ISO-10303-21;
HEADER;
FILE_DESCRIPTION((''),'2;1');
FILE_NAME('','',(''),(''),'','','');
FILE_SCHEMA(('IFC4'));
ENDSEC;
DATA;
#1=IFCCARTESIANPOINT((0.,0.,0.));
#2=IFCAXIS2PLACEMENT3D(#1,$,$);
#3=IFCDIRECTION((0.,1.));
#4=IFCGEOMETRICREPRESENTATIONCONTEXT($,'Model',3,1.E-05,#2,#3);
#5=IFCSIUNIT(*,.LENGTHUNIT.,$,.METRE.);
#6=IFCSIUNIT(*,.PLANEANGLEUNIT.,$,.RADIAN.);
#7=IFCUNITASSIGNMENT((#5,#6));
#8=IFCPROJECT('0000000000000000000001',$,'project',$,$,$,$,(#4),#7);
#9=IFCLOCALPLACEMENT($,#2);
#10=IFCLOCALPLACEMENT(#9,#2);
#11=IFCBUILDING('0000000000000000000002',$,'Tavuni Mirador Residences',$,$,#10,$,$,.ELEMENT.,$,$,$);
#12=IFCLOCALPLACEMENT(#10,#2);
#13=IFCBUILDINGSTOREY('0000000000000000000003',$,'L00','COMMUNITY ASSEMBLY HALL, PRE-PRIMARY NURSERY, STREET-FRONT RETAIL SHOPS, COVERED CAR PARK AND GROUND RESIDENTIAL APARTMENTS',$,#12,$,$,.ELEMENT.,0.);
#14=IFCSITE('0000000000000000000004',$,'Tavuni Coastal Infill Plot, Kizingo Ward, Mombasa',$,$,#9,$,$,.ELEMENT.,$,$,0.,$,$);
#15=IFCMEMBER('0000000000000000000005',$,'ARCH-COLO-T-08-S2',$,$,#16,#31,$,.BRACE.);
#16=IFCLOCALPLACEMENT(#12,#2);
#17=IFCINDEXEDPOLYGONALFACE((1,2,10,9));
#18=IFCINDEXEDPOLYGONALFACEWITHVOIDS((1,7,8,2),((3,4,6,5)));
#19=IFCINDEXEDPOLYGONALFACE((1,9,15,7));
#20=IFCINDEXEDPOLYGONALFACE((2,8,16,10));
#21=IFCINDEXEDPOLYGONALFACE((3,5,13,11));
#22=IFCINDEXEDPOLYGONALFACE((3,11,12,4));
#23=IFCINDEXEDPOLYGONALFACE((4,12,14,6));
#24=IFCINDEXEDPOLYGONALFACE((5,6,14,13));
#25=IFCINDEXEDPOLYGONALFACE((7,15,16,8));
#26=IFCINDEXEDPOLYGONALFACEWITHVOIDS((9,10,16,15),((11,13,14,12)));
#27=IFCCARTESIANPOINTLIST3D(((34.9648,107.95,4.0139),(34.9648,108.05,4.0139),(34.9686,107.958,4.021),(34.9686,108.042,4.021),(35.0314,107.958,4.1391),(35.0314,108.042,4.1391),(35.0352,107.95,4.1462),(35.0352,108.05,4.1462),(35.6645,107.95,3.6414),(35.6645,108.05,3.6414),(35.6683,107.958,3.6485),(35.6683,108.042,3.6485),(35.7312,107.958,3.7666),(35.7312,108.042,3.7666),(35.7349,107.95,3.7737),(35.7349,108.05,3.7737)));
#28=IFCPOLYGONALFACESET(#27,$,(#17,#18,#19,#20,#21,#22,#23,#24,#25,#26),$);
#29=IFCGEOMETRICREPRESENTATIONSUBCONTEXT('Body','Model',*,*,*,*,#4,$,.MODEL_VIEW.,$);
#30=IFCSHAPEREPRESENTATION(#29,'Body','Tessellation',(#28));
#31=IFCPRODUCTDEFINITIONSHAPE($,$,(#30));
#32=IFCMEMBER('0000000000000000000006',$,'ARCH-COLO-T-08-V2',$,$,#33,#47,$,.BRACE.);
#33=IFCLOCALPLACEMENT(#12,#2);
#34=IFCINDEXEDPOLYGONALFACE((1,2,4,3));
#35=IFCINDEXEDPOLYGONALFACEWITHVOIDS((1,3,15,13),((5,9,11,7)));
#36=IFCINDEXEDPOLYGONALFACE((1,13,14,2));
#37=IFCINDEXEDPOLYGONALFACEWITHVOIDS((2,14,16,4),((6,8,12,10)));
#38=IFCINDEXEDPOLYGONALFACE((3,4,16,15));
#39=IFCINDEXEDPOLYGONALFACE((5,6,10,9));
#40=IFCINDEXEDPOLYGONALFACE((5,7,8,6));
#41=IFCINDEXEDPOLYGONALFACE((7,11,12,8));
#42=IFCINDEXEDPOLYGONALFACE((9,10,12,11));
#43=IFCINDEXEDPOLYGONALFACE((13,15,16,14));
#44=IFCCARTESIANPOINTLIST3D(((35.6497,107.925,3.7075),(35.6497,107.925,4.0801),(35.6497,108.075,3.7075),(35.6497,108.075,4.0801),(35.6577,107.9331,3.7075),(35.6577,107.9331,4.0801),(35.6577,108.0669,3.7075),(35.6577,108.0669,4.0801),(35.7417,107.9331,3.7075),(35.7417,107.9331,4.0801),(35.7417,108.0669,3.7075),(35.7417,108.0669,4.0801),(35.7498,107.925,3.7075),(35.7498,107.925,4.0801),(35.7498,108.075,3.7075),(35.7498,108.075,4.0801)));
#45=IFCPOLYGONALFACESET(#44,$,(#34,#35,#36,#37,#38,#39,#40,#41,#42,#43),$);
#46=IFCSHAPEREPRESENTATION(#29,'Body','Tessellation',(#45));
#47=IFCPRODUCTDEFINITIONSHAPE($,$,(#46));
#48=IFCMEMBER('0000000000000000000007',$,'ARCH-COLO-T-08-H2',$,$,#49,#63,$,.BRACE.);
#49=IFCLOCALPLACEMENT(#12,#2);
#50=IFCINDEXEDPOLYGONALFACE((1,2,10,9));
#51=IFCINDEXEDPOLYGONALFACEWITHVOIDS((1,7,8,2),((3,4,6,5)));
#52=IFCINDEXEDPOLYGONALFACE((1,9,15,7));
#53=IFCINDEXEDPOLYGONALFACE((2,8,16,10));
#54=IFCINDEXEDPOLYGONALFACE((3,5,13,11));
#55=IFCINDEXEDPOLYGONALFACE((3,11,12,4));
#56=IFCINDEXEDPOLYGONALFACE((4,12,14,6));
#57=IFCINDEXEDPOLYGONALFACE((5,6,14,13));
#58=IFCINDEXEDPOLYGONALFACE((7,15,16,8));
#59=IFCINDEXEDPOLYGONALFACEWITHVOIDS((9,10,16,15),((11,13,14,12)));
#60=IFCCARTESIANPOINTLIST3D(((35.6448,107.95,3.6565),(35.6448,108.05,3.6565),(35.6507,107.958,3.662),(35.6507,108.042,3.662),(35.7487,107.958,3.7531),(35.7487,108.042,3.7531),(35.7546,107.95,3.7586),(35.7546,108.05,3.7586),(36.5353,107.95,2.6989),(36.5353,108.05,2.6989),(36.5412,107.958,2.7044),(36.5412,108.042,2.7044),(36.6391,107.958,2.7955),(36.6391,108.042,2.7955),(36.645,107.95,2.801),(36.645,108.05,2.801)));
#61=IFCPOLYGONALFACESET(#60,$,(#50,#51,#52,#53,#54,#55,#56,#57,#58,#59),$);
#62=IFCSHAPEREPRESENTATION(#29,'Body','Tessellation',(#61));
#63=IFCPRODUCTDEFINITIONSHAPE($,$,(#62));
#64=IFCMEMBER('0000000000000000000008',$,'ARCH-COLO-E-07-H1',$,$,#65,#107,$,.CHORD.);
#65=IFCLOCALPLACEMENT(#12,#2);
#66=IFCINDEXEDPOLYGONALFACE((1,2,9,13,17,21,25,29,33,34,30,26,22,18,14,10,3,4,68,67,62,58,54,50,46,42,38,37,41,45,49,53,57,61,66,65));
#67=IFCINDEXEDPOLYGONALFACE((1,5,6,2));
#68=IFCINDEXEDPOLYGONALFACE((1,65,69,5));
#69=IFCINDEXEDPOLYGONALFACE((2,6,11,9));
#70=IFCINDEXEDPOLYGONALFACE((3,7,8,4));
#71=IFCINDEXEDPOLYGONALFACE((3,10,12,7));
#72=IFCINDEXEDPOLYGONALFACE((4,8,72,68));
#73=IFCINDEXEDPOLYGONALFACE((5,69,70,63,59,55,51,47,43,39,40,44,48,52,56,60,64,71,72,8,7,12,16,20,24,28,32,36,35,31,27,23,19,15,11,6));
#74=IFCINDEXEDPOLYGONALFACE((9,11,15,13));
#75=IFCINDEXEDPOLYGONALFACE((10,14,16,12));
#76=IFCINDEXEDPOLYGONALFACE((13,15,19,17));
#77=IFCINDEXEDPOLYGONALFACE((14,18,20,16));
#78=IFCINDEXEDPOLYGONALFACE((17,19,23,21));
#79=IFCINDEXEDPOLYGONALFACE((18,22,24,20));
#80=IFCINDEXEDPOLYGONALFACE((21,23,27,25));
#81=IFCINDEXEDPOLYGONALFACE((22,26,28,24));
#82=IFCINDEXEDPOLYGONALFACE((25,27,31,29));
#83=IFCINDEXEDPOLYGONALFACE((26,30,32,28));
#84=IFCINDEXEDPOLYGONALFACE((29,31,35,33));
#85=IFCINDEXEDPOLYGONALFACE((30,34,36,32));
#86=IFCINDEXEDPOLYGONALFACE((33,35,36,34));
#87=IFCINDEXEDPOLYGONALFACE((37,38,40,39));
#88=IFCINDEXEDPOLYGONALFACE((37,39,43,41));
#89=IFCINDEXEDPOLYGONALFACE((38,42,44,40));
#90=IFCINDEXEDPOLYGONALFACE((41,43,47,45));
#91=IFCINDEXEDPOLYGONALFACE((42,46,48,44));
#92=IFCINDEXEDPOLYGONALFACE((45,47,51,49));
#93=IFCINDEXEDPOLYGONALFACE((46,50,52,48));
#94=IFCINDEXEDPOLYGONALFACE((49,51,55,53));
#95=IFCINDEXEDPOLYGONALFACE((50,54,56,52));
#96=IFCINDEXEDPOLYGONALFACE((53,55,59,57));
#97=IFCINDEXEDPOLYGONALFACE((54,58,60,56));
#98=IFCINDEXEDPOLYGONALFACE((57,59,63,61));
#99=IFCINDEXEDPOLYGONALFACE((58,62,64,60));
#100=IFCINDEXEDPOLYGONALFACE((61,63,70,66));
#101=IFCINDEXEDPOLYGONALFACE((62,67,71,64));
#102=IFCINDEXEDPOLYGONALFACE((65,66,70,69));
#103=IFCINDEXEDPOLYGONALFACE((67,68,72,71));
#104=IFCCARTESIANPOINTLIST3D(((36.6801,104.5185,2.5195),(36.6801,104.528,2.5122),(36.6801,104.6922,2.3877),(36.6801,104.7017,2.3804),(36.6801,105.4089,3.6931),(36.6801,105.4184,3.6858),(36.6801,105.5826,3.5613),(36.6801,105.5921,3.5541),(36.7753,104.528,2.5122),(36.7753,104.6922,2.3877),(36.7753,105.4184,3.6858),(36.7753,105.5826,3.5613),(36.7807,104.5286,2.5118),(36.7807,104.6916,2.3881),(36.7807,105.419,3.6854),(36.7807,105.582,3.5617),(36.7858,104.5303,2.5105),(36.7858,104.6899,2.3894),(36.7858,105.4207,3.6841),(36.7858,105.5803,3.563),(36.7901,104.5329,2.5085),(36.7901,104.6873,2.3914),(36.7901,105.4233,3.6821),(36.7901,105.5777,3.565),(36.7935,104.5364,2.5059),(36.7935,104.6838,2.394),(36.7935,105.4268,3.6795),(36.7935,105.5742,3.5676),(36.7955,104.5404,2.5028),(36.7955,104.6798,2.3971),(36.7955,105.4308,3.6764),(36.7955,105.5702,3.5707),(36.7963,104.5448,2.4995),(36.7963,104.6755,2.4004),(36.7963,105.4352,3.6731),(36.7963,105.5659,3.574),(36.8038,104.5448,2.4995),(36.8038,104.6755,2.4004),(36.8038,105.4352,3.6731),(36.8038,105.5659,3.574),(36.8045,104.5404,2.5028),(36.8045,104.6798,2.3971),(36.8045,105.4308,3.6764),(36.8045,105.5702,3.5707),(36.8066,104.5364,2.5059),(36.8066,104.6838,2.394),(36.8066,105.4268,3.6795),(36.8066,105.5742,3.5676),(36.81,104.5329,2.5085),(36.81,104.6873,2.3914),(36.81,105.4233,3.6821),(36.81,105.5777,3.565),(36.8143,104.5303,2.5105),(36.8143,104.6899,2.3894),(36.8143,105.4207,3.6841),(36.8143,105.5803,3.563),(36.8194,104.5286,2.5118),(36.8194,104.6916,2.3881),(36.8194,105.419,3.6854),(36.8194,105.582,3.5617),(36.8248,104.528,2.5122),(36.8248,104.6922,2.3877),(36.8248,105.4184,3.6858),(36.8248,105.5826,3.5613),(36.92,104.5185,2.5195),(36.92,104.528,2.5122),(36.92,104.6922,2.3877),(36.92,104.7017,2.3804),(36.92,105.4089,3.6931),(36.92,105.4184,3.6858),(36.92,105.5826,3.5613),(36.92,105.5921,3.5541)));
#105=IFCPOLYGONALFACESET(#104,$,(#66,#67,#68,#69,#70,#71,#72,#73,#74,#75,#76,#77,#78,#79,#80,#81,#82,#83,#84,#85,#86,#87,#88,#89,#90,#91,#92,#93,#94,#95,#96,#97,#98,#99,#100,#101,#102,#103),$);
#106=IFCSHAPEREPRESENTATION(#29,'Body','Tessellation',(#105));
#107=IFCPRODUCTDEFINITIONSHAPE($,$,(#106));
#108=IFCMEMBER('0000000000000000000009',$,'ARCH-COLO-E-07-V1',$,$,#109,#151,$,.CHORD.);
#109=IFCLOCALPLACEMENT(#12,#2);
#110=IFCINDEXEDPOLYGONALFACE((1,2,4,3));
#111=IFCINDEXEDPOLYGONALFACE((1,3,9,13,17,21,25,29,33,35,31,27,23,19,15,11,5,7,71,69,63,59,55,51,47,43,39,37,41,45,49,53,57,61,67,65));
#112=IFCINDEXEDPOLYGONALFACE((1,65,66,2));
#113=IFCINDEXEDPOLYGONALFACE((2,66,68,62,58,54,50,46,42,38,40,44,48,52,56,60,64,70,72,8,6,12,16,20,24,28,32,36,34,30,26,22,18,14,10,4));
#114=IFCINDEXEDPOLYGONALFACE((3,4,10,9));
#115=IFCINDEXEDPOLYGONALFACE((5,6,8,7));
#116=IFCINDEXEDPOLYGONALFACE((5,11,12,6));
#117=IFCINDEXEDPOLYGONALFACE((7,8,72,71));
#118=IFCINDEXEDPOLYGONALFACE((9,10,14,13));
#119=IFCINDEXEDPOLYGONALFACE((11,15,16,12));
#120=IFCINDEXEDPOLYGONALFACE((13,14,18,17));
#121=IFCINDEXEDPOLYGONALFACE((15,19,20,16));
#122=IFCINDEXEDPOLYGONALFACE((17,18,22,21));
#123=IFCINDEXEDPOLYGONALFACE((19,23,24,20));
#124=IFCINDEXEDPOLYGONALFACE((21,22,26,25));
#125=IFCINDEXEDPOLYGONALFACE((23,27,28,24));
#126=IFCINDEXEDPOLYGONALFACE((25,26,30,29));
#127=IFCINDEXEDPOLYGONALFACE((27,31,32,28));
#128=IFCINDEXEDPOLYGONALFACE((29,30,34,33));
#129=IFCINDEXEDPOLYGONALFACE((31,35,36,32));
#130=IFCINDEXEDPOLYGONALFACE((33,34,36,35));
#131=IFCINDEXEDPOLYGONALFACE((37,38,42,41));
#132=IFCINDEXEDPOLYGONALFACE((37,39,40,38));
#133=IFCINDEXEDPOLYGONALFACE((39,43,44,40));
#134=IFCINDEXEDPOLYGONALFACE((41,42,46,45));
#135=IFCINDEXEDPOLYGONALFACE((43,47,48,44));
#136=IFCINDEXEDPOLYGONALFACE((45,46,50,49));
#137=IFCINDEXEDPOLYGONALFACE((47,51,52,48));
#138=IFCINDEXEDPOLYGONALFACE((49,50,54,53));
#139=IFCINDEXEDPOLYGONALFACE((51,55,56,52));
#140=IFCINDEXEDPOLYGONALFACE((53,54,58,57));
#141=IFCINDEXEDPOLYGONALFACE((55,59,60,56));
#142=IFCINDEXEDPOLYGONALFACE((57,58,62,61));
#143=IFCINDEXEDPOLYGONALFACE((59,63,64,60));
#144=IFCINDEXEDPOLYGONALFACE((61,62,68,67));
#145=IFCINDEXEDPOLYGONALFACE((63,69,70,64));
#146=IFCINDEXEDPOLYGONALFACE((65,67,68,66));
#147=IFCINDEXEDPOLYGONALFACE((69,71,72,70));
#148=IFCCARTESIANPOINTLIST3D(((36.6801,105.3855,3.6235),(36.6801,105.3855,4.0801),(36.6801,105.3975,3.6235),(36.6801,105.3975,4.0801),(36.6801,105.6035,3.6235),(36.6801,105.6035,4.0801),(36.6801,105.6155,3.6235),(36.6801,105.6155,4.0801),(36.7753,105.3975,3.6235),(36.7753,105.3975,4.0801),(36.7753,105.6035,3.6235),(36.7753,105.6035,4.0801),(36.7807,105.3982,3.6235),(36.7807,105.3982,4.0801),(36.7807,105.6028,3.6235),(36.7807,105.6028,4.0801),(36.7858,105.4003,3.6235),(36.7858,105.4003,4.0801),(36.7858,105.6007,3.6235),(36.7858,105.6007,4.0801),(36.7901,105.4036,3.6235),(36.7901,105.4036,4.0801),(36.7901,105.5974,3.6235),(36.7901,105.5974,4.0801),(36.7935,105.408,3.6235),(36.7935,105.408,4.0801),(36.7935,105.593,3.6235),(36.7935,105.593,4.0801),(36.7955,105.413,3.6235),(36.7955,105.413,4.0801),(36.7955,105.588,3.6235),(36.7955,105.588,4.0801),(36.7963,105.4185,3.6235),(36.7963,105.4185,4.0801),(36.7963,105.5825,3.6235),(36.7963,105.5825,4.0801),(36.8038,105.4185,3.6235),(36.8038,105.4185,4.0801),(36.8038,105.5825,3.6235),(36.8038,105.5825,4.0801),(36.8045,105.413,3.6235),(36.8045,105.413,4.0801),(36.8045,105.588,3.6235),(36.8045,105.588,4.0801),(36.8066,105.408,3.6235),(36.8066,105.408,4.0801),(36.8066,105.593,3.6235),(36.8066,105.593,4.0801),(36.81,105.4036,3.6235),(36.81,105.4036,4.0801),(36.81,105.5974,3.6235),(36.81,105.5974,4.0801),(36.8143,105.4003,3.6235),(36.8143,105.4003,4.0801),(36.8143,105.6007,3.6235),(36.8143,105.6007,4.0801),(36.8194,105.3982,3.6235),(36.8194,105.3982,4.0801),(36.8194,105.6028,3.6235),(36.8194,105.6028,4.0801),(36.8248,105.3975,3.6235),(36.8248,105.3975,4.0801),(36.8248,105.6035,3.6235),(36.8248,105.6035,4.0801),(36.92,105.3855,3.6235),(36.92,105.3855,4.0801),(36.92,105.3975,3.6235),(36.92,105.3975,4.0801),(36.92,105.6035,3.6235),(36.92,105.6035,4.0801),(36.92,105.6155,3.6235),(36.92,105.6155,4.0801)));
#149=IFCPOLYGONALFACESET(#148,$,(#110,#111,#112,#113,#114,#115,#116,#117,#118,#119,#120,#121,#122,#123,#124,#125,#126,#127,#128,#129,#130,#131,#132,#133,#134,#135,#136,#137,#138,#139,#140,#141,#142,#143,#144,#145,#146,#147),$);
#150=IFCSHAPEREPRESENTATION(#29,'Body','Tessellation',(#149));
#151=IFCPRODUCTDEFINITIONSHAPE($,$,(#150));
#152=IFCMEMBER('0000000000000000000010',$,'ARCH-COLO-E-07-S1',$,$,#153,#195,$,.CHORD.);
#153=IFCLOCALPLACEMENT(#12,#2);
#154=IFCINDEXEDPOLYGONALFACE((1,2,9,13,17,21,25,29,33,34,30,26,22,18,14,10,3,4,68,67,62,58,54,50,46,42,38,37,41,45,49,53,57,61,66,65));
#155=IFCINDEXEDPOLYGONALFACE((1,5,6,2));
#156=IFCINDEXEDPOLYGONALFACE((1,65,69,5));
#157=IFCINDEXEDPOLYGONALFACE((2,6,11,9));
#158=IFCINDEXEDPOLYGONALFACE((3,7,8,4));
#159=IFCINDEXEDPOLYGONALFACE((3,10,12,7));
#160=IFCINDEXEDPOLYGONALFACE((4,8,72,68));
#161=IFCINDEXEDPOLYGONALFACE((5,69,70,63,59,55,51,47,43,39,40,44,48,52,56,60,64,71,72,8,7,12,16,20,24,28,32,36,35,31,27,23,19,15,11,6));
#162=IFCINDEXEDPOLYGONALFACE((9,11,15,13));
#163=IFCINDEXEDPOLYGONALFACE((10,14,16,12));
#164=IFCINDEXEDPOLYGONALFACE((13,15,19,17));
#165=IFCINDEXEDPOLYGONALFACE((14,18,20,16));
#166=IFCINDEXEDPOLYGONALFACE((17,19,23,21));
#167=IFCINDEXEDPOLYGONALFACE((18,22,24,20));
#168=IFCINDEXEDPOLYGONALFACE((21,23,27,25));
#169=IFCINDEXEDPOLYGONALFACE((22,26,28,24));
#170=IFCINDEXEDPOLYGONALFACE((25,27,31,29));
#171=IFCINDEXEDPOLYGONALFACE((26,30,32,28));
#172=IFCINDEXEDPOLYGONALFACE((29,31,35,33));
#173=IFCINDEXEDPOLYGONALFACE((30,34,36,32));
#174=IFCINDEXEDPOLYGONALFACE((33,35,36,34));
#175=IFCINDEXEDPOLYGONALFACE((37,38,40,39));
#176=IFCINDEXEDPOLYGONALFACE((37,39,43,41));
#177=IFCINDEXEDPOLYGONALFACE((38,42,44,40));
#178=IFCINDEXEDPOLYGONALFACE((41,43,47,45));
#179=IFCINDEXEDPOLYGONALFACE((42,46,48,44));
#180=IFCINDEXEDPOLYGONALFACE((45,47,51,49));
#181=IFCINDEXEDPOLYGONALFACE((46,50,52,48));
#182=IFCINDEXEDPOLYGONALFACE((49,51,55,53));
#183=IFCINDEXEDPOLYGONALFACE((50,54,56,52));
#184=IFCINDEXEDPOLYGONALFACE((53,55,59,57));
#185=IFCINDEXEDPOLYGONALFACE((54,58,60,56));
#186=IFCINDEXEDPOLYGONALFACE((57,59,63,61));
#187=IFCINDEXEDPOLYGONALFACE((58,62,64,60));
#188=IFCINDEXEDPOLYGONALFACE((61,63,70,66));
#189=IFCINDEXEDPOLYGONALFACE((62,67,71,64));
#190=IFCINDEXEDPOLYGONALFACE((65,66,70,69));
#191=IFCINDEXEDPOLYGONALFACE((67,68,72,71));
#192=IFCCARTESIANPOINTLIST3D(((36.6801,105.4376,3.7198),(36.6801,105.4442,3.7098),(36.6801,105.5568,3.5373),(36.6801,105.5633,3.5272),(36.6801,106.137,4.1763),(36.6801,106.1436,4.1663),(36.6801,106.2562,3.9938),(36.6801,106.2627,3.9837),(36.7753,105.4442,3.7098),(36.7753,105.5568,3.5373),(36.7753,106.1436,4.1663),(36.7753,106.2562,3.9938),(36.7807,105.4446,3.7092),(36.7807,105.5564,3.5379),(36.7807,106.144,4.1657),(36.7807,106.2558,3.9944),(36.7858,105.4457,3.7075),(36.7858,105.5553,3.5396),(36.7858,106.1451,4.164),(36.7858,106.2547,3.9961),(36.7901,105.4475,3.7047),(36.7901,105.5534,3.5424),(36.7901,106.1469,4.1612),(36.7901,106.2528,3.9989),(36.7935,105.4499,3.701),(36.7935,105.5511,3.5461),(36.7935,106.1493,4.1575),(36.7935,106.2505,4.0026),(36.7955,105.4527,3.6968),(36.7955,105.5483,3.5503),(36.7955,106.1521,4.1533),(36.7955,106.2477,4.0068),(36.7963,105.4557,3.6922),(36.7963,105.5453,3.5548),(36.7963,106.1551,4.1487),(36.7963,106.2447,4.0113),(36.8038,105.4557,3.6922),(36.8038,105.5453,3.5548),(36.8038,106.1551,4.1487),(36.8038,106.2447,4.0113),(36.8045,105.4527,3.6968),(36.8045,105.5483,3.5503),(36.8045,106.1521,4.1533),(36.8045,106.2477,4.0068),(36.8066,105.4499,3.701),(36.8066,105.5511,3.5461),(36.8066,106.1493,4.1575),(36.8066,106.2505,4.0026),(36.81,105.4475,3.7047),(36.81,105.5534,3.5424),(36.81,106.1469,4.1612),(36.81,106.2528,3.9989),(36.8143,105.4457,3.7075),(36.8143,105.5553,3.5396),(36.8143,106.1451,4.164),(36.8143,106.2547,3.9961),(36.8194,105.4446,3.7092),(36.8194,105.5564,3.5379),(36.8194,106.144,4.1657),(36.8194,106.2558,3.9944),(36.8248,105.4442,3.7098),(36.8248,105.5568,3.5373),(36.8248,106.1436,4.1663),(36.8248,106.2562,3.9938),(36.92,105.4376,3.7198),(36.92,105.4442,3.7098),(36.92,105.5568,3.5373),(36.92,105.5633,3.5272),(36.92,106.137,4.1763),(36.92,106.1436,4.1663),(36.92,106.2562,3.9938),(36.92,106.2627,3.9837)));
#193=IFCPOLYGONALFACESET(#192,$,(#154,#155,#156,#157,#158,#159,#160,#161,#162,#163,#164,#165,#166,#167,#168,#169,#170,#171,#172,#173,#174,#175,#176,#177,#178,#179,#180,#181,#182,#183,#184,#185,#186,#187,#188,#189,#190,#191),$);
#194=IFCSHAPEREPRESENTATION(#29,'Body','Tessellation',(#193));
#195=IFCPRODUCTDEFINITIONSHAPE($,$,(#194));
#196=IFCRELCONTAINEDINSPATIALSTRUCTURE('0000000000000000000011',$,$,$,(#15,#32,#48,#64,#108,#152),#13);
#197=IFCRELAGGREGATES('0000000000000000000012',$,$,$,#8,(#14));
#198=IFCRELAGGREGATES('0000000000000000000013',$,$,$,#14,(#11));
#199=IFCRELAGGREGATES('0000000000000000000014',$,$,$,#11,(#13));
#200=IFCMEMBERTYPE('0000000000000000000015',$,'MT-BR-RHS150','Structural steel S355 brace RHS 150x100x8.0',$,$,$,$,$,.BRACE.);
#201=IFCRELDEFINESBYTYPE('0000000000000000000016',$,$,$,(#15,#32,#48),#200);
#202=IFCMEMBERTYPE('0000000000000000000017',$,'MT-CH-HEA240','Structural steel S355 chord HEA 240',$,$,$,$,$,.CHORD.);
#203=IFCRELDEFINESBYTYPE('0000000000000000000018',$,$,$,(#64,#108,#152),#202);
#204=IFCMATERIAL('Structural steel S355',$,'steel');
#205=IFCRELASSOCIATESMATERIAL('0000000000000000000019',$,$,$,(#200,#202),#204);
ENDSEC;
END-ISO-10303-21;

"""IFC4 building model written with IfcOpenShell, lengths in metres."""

from ifc_helpers import new_model, si_unit, direction, frame, origin, origin_2d, place, context, subcontext, project, spatial, hollow_rectangle, i_section, extrude, material, material_profile, profile_set, type_object, element, save


model = new_model("IFC4")

# Units and contexts
model_context = context("Model", 3, precision=1e-05, world=origin(), true_north=direction((0.0, 1.0)))
body_context = subcontext(model_context, "Body", "Model", "MODEL_VIEW")
ifc_project = project(units=[si_unit("LENGTHUNIT", "METRE"), si_unit("PLANEANGLEUNIT", "RADIAN")], contexts=[model_context])

# Site, building, storey
site_placement = place(None, origin())
site = spatial("IfcSite", under=ifc_project, at=site_placement, Name="Tavuni Coastal Infill Plot, Kizingo Ward, Mombasa", CompositionType="ELEMENT", RefElevation=0.0)
building_placement = place(site_placement, origin())
building = spatial("IfcBuilding", under=site, at=building_placement, Name="Tavuni Mirador Residences", CompositionType="ELEMENT")
storey_placement = place(building_placement, origin())
storey = spatial("IfcBuildingStorey", under=building, at=storey_placement, Name="L00", Description="COMMUNITY ASSEMBLY HALL, PRE-PRIMARY NURSERY, STREET-FRONT RETAIL SHOPS, COVERED CAR PARK AND GROUND RESIDENTIAL APARTMENTS", CompositionType="ELEMENT", Elevation=0.0)

# Members
ifc_material_1 = material(Name="Structural steel S355", Category="steel")
ifc_material_profile_1 = material_profile(ifc_material_1, hollow_rectangle(XDim=0.1001, YDim=0.1499, WallThickness=0.0081, at=origin_2d()), Name="RHS 150x100x8.0", Category="steel")
ifc_profile_set_1 = profile_set([ifc_material_profile_1], Name="Structural steel S355")
member_type_1 = type_object("IfcMemberType", Name="MT-BR-RHS150", Description="Structural steel S355 brace RHS 150x100x8.0", PredefinedType="BRACE", material=ifc_profile_set_1)
for number, where, z_axis, x_axis, name in (
    (1, (35.0, 108.0, 4.0801), (0.882677, 0.0, -0.469981), (0.0, 1.0, 0.0), "ARCH-COLO-T-08-S2"),
):
    element("IfcMember", number, at=place(storey_placement, frame(where, z_axis=z_axis, x_axis=x_axis)), inside=storey, type_object=member_type_1, Name=name, PredefinedType="BRACE", context=body_context, shape_type="SweptSolid", body=[
        extrude(hollow_rectangle(XDim=0.1001, YDim=0.1499, WallThickness=0.0081, at=origin_2d()), origin(), (0.0, 0.0, 1.0), 0.7927),
    ])
member_1_placement = place(storey_placement, frame((35.6997, 108.0, 3.7075), z_axis=(0.0, 0.0, 1.0), x_axis=(1.0, 0.0, 0.0)))
element("IfcMember", 2, at=member_1_placement, inside=storey, type_object=member_type_1, Name="ARCH-COLO-T-08-V2", PredefinedType="BRACE", context=body_context, shape_type="SweptSolid", body=[
    extrude(hollow_rectangle(XDim=0.1001, YDim=0.1499, WallThickness=0.0081, at=origin_2d()), origin(), (0.0, 0.0, 1.0), 0.3726),
])
member_2_placement = place(storey_placement, frame((35.6997, 108.0, 3.7075), z_axis=(0.680967, 0.0, -0.732314), x_axis=(0.0, 1.0, 0.0)))
element("IfcMember", 3, at=member_2_placement, inside=storey, type_object=member_type_1, Name="ARCH-COLO-T-08-H2", PredefinedType="BRACE", context=body_context, shape_type="SweptSolid", body=[
    extrude(hollow_rectangle(XDim=0.1001, YDim=0.1499, WallThickness=0.0081, at=origin_2d()), origin(), (0.0, 0.0, 1.0), 1.3076),
])
ifc_material_profile_2 = material_profile(ifc_material_1, i_section(OverallWidth=0.24, OverallDepth=0.23, WebThickness=0.0076, FlangeThickness=0.012, FilletRadius=0.021, at=origin_2d()), Name="HEA 240", Category="steel")
ifc_profile_set_2 = profile_set([ifc_material_profile_2], Name="Structural steel S355")
member_type_2 = type_object("IfcMemberType", Name="MT-CH-HEA240", Description="Structural steel S355 chord HEA 240", PredefinedType="CHORD", material=ifc_profile_set_2)
member_3_placement = place(storey_placement, frame((36.8, 104.6101, 2.45), z_axis=(0.0, 0.604419, 0.796667), x_axis=(-1.0, 0.0, 0.0)))
element("IfcMember", 4, at=member_3_placement, inside=storey, type_object=member_type_2, Name="ARCH-COLO-E-07-H1", PredefinedType="CHORD", context=body_context, shape_type="SweptSolid", body=[
    extrude(i_section(OverallWidth=0.24, OverallDepth=0.23, WebThickness=0.0076, FlangeThickness=0.012, FilletRadius=0.021, at=origin_2d()), origin(), (0.0, 0.0, 1.0), 1.4731),
])
member_4_placement = place(storey_placement, frame((36.8, 105.5005, 3.6235), z_axis=(0.0, 0.0, 1.0), x_axis=(1.0, 0.0, 0.0)))
element("IfcMember", 5, at=member_4_placement, inside=storey, type_object=member_type_2, Name="ARCH-COLO-E-07-V1", PredefinedType="CHORD", context=body_context, shape_type="SweptSolid", body=[
    extrude(i_section(OverallWidth=0.24, OverallDepth=0.23, WebThickness=0.0076, FlangeThickness=0.012, FilletRadius=0.021, at=origin_2d()), origin(), (0.0, 0.0, 1.0), 0.4565),
])
member_5_placement = place(storey_placement, frame((36.8, 105.5005, 3.6235), z_axis=(0.0, 0.837407, 0.54658), x_axis=(-1.0, 0.0, 0.0)))
element("IfcMember", 6, at=member_5_placement, inside=storey, type_object=member_type_2, Name="ARCH-COLO-E-07-S1", PredefinedType="CHORD", context=body_context, shape_type="SweptSolid", body=[
    extrude(i_section(OverallWidth=0.24, OverallDepth=0.23, WebThickness=0.0076, FlangeThickness=0.012, FilletRadius=0.021, at=origin_2d()), origin(), (0.0, 0.0, 1.0), 0.8352),
])

save(model, "model.ifc")
